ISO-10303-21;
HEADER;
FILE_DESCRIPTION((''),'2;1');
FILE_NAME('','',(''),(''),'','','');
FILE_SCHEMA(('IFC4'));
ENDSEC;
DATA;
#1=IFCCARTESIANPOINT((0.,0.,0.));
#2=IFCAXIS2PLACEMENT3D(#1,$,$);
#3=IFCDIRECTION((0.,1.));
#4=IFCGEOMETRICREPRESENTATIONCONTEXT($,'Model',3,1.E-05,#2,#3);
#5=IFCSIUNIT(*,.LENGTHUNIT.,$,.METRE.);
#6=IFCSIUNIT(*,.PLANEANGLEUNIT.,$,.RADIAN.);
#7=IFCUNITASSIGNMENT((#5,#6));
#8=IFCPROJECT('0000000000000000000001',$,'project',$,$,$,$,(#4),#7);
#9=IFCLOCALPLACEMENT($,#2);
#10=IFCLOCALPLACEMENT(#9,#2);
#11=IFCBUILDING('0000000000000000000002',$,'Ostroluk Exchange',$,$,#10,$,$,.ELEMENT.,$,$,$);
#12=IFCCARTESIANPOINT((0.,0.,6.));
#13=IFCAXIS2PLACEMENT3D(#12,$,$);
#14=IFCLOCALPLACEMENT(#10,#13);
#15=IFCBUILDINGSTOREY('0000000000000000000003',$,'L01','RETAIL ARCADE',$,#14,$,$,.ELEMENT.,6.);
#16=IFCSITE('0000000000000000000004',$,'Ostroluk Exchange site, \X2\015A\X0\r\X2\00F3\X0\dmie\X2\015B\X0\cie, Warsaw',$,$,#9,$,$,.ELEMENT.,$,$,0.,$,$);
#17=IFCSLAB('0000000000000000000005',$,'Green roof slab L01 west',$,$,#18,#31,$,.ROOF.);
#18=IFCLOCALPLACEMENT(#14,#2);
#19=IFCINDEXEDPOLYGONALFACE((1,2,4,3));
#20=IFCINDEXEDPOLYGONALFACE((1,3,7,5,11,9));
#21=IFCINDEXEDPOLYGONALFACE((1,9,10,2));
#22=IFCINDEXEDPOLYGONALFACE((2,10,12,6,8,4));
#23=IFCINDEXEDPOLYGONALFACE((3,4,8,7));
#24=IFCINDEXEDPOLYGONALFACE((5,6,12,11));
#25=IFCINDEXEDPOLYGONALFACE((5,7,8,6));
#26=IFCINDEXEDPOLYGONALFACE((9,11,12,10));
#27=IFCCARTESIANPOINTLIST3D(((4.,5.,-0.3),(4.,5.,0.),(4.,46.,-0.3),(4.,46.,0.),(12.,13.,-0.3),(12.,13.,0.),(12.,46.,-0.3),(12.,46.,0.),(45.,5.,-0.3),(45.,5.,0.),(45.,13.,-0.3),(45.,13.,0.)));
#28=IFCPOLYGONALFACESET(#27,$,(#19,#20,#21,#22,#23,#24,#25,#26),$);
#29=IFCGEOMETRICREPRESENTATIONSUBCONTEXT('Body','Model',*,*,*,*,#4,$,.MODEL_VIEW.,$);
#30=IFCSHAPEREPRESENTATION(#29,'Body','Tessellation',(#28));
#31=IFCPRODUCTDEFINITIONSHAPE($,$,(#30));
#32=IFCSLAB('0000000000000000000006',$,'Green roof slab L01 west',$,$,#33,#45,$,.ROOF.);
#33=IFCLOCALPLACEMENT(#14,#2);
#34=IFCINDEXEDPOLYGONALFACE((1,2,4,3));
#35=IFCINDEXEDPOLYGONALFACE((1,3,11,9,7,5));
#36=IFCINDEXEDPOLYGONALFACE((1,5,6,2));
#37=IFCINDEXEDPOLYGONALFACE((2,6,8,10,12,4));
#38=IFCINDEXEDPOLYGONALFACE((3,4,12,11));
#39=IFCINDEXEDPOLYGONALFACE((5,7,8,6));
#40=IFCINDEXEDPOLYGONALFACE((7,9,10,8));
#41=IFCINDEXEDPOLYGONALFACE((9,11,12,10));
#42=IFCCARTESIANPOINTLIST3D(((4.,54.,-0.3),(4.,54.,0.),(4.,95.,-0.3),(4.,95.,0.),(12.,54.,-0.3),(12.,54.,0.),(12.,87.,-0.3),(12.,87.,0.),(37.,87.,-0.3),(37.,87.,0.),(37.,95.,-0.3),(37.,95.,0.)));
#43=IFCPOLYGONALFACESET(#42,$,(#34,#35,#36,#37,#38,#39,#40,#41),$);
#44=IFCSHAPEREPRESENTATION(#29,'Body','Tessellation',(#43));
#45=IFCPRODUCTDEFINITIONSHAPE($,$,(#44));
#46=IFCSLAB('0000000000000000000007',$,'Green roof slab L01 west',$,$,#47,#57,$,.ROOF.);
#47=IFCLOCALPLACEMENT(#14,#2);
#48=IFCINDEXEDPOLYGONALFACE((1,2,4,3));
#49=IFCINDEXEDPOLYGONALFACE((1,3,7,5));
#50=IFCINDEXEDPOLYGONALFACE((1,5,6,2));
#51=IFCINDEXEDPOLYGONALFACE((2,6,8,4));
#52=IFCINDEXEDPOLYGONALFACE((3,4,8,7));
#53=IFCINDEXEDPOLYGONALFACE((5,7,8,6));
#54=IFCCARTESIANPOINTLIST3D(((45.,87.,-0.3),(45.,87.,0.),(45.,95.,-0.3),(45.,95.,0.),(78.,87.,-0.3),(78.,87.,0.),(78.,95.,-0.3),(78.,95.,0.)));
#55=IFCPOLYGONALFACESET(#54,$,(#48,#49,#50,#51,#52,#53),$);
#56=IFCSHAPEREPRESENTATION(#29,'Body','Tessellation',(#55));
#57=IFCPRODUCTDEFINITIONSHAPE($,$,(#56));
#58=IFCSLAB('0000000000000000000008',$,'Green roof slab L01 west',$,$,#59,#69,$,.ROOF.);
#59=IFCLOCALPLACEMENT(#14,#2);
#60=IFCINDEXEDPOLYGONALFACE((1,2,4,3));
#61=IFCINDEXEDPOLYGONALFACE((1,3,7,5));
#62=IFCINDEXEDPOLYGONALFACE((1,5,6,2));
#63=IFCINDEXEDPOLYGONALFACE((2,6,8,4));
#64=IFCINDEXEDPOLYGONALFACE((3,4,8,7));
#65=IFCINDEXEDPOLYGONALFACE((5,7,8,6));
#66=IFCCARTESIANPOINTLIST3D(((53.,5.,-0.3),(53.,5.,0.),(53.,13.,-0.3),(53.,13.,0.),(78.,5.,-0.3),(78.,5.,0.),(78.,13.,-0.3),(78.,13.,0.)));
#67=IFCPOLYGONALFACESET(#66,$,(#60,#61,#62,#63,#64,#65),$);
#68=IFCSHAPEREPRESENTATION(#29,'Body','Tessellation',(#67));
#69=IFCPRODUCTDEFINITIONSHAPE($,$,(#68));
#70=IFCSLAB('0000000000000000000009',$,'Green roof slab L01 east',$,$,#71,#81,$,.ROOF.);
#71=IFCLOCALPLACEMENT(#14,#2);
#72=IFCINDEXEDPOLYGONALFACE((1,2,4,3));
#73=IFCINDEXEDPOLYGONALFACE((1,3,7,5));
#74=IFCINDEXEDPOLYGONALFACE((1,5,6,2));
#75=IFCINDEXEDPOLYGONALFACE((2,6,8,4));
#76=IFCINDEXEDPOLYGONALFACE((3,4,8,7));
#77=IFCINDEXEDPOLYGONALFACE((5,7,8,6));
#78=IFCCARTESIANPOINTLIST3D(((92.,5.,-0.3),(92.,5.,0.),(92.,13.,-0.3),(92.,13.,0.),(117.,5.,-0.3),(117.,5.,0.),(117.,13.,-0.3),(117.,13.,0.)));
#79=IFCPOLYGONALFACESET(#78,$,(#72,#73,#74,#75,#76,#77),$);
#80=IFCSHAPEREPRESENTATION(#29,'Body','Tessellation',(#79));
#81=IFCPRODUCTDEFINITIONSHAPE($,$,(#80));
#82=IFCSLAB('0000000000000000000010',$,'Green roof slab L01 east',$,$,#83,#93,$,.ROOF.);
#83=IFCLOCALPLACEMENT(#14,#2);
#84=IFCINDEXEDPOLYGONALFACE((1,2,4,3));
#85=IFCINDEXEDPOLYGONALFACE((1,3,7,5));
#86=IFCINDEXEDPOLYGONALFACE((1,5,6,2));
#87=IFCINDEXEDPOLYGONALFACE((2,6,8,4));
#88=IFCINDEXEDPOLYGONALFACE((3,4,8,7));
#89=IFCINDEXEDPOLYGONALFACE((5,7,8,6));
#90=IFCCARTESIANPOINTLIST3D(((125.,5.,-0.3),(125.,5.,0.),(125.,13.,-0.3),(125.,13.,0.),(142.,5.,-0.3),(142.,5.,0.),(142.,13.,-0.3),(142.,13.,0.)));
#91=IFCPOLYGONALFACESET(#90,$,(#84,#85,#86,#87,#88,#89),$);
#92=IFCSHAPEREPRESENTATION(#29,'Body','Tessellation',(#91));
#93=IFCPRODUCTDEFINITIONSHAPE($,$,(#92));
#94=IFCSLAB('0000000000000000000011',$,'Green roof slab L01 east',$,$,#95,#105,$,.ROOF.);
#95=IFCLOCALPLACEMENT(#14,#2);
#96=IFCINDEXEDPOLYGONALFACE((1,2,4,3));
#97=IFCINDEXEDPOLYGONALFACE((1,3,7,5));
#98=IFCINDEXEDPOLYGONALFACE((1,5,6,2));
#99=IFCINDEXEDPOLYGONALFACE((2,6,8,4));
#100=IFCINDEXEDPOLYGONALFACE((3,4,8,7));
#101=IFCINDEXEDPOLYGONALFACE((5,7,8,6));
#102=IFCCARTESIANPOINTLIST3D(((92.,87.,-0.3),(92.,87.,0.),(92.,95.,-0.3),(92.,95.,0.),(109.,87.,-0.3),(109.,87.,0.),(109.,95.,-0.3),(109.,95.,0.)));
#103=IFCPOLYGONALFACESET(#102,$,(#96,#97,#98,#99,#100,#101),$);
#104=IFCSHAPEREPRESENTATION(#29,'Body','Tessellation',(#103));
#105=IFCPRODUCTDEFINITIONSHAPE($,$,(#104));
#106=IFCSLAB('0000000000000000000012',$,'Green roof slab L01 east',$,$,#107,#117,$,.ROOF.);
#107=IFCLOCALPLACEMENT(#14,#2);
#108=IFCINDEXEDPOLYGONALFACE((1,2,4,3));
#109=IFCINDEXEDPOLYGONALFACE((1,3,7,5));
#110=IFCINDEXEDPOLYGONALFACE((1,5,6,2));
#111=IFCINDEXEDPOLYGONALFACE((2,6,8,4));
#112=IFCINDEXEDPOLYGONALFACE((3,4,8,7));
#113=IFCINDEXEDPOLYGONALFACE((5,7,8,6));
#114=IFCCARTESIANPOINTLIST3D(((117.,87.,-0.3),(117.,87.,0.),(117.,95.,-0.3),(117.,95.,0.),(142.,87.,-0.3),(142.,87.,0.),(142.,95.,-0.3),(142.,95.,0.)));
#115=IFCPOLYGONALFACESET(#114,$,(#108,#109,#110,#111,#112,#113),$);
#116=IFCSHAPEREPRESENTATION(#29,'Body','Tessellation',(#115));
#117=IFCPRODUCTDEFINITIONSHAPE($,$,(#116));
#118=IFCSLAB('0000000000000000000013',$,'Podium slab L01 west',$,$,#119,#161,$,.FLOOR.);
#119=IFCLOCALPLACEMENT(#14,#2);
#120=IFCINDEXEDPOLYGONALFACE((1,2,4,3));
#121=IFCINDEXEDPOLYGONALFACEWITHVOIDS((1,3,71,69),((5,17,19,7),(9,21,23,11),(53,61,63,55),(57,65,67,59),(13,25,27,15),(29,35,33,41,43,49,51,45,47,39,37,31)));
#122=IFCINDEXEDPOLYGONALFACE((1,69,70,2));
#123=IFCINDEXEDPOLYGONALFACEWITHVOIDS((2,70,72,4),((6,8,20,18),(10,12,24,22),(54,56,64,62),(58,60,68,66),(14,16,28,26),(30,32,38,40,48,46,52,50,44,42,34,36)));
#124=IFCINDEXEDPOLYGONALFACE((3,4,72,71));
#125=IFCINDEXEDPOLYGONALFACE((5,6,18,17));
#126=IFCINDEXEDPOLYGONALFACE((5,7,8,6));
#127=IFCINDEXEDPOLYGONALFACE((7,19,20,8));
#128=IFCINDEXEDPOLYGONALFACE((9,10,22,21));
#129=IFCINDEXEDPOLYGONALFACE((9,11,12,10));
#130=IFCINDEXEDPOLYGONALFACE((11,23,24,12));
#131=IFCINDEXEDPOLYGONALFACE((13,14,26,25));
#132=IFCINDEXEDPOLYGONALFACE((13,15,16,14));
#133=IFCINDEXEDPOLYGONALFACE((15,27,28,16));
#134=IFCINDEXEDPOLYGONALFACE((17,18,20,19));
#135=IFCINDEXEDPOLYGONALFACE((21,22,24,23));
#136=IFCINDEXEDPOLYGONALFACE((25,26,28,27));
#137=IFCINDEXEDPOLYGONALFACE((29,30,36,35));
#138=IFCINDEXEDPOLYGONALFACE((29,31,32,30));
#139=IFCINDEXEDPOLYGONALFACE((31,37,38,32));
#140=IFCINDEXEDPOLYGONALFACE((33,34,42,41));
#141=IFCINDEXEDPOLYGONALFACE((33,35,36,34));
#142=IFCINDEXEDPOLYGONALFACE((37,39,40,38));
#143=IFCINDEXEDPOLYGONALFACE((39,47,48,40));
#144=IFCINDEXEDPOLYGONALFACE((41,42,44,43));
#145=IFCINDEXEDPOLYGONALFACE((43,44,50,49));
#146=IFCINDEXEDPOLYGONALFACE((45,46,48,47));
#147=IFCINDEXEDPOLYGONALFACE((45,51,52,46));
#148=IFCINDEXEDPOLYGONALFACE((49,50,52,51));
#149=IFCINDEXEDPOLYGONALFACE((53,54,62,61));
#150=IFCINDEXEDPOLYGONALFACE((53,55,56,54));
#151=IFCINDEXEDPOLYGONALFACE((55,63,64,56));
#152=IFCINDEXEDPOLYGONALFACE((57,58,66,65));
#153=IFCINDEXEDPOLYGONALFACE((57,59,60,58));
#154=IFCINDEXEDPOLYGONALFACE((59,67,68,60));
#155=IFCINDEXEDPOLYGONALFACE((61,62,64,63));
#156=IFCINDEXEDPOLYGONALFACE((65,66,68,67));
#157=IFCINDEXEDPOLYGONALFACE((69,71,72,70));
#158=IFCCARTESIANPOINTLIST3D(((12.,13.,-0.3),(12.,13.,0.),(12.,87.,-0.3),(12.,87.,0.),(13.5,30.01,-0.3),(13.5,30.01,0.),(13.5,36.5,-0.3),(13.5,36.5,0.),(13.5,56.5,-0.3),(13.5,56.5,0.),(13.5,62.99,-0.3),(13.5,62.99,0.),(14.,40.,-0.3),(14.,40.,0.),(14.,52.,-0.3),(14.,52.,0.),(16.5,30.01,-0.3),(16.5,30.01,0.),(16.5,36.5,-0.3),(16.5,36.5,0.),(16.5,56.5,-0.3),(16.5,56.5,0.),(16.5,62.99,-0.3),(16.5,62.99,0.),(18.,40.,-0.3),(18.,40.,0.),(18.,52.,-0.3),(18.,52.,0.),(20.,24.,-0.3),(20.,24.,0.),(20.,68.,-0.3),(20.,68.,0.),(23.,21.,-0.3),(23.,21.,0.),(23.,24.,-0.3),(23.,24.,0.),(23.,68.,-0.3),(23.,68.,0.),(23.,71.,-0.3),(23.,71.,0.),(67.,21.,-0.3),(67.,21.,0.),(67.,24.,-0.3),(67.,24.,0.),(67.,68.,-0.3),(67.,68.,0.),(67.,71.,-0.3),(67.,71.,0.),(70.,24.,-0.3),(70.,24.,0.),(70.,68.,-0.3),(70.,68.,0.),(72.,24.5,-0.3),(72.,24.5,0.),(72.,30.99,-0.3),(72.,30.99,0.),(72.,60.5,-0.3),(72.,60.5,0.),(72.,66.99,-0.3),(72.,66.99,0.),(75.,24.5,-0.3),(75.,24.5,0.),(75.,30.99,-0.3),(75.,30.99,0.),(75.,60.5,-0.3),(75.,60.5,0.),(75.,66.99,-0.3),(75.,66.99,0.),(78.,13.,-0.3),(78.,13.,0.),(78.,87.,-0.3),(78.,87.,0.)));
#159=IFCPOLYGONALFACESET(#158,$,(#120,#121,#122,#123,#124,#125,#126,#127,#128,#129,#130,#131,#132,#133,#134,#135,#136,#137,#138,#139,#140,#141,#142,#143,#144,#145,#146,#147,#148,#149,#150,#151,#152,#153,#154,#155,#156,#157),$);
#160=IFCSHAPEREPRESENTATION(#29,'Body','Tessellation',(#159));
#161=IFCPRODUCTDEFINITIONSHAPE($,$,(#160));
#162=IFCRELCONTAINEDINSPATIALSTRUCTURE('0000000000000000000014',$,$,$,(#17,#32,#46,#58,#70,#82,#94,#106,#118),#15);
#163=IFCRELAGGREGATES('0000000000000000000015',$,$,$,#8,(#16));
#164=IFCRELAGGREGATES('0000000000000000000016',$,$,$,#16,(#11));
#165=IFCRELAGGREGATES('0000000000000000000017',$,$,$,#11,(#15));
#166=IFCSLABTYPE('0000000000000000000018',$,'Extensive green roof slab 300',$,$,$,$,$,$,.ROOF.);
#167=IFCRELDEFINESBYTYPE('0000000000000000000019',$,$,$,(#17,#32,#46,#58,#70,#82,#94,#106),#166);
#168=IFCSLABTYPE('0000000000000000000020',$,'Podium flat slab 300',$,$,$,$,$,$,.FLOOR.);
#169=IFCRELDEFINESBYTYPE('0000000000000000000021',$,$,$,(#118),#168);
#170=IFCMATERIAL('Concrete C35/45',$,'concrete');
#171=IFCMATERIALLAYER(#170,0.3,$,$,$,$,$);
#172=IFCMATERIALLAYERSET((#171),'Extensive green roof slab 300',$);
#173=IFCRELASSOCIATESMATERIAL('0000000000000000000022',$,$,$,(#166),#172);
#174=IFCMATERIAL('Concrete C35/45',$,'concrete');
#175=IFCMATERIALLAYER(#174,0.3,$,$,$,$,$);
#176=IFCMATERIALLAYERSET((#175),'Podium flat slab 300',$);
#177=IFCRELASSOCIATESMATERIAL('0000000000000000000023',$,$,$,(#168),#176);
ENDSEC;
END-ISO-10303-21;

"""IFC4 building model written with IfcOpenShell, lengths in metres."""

from ifc_helpers import new_model, si_unit, direction, frame, origin, place, context, subcontext, project, spatial, polyline, outline, extrude, material, layer, layer_set, type_object, element, save


model = new_model("IFC4")

# Units and contexts
model_context = context("Model", 3, precision=1e-05, world=origin(), true_north=direction((0.0, 1.0)))
body_context = subcontext(model_context, "Body", "Model", "MODEL_VIEW")
ifc_project = project(units=[si_unit("LENGTHUNIT", "METRE"), si_unit("PLANEANGLEUNIT", "RADIAN")], contexts=[model_context])

# Site, building, storey
site_placement = place(None, origin())
site = spatial("IfcSite", under=ifc_project, at=site_placement, Name="Ostroluk Exchange site, Śródmieście, Warsaw", CompositionType="ELEMENT", RefElevation=0.0)
building_placement = place(site_placement, origin())
building = spatial("IfcBuilding", under=site, at=building_placement, Name="Ostroluk Exchange", CompositionType="ELEMENT")
storey_placement = place(building_placement, frame((0.0, 0.0, 6.0)))
storey = spatial("IfcBuildingStorey", under=building, at=storey_placement, Name="L01", Description="RETAIL ARCADE", CompositionType="ELEMENT", Elevation=6.0)

# Slabs
ifc_material_1 = material(Name="Concrete C35/45", Category="concrete")
ifc_layer_1 = layer(ifc_material_1, 0.3)
ifc_layer_set_1 = layer_set([ifc_layer_1], Name="Extensive green roof slab 300")
slab_type_1 = type_object("IfcSlabType", Name="Extensive green roof slab 300", PredefinedType="ROOF", material=ifc_layer_set_1)
slab_1_placement = place(storey_placement, frame((0.0, 0.0, -0.3)))
element("IfcSlab", 1, at=slab_1_placement, inside=storey, type_object=slab_type_1, Name="Green roof slab L01 west", PredefinedType="ROOF", context=body_context, shape_type="SweptSolid", body=[
    extrude(outline(polyline([(4.0, 46.0), (12.0, 46.0), (12.0, 13.0), (45.0, 13.0), (45.0, 5.0), (4.0, 5.0), (4.0, 46.0)])), origin(), (0.0, 0.0, 1.0), 0.3),
])
slab_2_placement = place(storey_placement, frame((0.0, 0.0, -0.3)))
element("IfcSlab", 2, at=slab_2_placement, inside=storey, type_object=slab_type_1, Name="Green roof slab L01 west", PredefinedType="ROOF", context=body_context, shape_type="SweptSolid", body=[
    extrude(outline(polyline([(4.0, 95.0), (37.0, 95.0), (37.0, 87.0), (12.0, 87.0), (12.0, 54.0), (4.0, 54.0), (4.0, 95.0)])), origin(), (0.0, 0.0, 1.0), 0.3),
])
slab_3_placement = place(storey_placement, frame((0.0, 0.0, -0.3)))
element("IfcSlab", 3, at=slab_3_placement, inside=storey, type_object=slab_type_1, Name="Green roof slab L01 west", PredefinedType="ROOF", context=body_context, shape_type="SweptSolid", body=[
    extrude(outline(polyline([(78.0, 95.0), (78.0, 87.0), (45.0, 87.0), (45.0, 95.0), (78.0, 95.0)])), origin(), (0.0, 0.0, 1.0), 0.3),
])
slab_4_placement = place(storey_placement, frame((0.0, 0.0, -0.3)))
element("IfcSlab", 4, at=slab_4_placement, inside=storey, type_object=slab_type_1, Name="Green roof slab L01 west", PredefinedType="ROOF", context=body_context, shape_type="SweptSolid", body=[
    extrude(outline(polyline([(78.0, 13.0), (78.0, 5.0), (53.0, 5.0), (53.0, 13.0), (78.0, 13.0)])), origin(), (0.0, 0.0, 1.0), 0.3),
])
slab_5_placement = place(storey_placement, frame((0.0, 0.0, -0.3)))
element("IfcSlab", 5, at=slab_5_placement, inside=storey, type_object=slab_type_1, Name="Green roof slab L01 east", PredefinedType="ROOF", context=body_context, shape_type="SweptSolid", body=[
    extrude(outline(polyline([(92.0, 13.0), (117.0, 13.0), (117.0, 5.0), (92.0, 5.0), (92.0, 13.0)])), origin(), (0.0, 0.0, 1.0), 0.3),
])
slab_6_placement = place(storey_placement, frame((0.0, 0.0, -0.3)))
element("IfcSlab", 6, at=slab_6_placement, inside=storey, type_object=slab_type_1, Name="Green roof slab L01 east", PredefinedType="ROOF", context=body_context, shape_type="SweptSolid", body=[
    extrude(outline(polyline([(142.0, 13.0), (142.0, 5.0), (125.0, 5.0), (125.0, 13.0), (142.0, 13.0)])), origin(), (0.0, 0.0, 1.0), 0.3),
])
slab_7_placement = place(storey_placement, frame((0.0, 0.0, -0.3)))
element("IfcSlab", 7, at=slab_7_placement, inside=storey, type_object=slab_type_1, Name="Green roof slab L01 east", PredefinedType="ROOF", context=body_context, shape_type="SweptSolid", body=[
    extrude(outline(polyline([(109.0, 95.0), (109.0, 87.0), (92.0, 87.0), (92.0, 95.0), (109.0, 95.0)])), origin(), (0.0, 0.0, 1.0), 0.3),
])
slab_8_placement = place(storey_placement, frame((0.0, 0.0, -0.3)))
element("IfcSlab", 8, at=slab_8_placement, inside=storey, type_object=slab_type_1, Name="Green roof slab L01 east", PredefinedType="ROOF", context=body_context, shape_type="SweptSolid", body=[
    extrude(outline(polyline([(142.0, 95.0), (142.0, 87.0), (117.0, 87.0), (117.0, 95.0), (142.0, 95.0)])), origin(), (0.0, 0.0, 1.0), 0.3),
])
ifc_material_2 = material(Name="Concrete C35/45", Category="concrete")
ifc_layer_2 = layer(ifc_material_2, 0.3)
ifc_layer_set_2 = layer_set([ifc_layer_2], Name="Podium flat slab 300")
slab_type_2 = type_object("IfcSlabType", Name="Podium flat slab 300", PredefinedType="FLOOR", material=ifc_layer_set_2)
slab_9_placement = place(storey_placement, frame((0.0, 0.0, -0.3)))
element("IfcSlab", 9, at=slab_9_placement, inside=storey, type_object=slab_type_2, Name="Podium slab L01 west", PredefinedType="FLOOR", context=body_context, shape_type="SweptSolid", body=[
    extrude(outline(polyline([(78.0, 13.0), (12.0, 13.0), (12.0, 87.0), (78.0, 87.0), (78.0, 13.0)]), holes=[polyline([(67.0, 21.0), (67.0, 24.0), (70.0, 24.0), (70.0, 68.0), (67.0, 68.0), (67.0, 71.0), (23.0, 71.0), (23.0, 68.0), (20.0, 68.0), (20.0, 24.0), (23.0, 24.0), (23.0, 21.0), (67.0, 21.0)]), polyline([(13.5, 30.01), (16.5, 30.01), (16.5, 36.5), (13.5, 36.5), (13.5, 30.01)]), polyline([(13.5, 62.99), (13.5, 56.5), (16.5, 56.5), (16.5, 62.99), (13.5, 62.99)]), polyline([(75.0, 30.99), (72.0, 30.99), (72.0, 24.5), (75.0, 24.5), (75.0, 30.99)]), polyline([(75.0, 60.5), (75.0, 66.99), (72.0, 66.99), (72.0, 60.5), (75.0, 60.5)]), polyline([(14.0, 40.0), (18.0, 40.0), (18.0, 52.0), (14.0, 52.0), (14.0, 40.0)])]), origin(), (0.0, 0.0, 1.0), 0.3),
])

save(model, "model.ifc")
